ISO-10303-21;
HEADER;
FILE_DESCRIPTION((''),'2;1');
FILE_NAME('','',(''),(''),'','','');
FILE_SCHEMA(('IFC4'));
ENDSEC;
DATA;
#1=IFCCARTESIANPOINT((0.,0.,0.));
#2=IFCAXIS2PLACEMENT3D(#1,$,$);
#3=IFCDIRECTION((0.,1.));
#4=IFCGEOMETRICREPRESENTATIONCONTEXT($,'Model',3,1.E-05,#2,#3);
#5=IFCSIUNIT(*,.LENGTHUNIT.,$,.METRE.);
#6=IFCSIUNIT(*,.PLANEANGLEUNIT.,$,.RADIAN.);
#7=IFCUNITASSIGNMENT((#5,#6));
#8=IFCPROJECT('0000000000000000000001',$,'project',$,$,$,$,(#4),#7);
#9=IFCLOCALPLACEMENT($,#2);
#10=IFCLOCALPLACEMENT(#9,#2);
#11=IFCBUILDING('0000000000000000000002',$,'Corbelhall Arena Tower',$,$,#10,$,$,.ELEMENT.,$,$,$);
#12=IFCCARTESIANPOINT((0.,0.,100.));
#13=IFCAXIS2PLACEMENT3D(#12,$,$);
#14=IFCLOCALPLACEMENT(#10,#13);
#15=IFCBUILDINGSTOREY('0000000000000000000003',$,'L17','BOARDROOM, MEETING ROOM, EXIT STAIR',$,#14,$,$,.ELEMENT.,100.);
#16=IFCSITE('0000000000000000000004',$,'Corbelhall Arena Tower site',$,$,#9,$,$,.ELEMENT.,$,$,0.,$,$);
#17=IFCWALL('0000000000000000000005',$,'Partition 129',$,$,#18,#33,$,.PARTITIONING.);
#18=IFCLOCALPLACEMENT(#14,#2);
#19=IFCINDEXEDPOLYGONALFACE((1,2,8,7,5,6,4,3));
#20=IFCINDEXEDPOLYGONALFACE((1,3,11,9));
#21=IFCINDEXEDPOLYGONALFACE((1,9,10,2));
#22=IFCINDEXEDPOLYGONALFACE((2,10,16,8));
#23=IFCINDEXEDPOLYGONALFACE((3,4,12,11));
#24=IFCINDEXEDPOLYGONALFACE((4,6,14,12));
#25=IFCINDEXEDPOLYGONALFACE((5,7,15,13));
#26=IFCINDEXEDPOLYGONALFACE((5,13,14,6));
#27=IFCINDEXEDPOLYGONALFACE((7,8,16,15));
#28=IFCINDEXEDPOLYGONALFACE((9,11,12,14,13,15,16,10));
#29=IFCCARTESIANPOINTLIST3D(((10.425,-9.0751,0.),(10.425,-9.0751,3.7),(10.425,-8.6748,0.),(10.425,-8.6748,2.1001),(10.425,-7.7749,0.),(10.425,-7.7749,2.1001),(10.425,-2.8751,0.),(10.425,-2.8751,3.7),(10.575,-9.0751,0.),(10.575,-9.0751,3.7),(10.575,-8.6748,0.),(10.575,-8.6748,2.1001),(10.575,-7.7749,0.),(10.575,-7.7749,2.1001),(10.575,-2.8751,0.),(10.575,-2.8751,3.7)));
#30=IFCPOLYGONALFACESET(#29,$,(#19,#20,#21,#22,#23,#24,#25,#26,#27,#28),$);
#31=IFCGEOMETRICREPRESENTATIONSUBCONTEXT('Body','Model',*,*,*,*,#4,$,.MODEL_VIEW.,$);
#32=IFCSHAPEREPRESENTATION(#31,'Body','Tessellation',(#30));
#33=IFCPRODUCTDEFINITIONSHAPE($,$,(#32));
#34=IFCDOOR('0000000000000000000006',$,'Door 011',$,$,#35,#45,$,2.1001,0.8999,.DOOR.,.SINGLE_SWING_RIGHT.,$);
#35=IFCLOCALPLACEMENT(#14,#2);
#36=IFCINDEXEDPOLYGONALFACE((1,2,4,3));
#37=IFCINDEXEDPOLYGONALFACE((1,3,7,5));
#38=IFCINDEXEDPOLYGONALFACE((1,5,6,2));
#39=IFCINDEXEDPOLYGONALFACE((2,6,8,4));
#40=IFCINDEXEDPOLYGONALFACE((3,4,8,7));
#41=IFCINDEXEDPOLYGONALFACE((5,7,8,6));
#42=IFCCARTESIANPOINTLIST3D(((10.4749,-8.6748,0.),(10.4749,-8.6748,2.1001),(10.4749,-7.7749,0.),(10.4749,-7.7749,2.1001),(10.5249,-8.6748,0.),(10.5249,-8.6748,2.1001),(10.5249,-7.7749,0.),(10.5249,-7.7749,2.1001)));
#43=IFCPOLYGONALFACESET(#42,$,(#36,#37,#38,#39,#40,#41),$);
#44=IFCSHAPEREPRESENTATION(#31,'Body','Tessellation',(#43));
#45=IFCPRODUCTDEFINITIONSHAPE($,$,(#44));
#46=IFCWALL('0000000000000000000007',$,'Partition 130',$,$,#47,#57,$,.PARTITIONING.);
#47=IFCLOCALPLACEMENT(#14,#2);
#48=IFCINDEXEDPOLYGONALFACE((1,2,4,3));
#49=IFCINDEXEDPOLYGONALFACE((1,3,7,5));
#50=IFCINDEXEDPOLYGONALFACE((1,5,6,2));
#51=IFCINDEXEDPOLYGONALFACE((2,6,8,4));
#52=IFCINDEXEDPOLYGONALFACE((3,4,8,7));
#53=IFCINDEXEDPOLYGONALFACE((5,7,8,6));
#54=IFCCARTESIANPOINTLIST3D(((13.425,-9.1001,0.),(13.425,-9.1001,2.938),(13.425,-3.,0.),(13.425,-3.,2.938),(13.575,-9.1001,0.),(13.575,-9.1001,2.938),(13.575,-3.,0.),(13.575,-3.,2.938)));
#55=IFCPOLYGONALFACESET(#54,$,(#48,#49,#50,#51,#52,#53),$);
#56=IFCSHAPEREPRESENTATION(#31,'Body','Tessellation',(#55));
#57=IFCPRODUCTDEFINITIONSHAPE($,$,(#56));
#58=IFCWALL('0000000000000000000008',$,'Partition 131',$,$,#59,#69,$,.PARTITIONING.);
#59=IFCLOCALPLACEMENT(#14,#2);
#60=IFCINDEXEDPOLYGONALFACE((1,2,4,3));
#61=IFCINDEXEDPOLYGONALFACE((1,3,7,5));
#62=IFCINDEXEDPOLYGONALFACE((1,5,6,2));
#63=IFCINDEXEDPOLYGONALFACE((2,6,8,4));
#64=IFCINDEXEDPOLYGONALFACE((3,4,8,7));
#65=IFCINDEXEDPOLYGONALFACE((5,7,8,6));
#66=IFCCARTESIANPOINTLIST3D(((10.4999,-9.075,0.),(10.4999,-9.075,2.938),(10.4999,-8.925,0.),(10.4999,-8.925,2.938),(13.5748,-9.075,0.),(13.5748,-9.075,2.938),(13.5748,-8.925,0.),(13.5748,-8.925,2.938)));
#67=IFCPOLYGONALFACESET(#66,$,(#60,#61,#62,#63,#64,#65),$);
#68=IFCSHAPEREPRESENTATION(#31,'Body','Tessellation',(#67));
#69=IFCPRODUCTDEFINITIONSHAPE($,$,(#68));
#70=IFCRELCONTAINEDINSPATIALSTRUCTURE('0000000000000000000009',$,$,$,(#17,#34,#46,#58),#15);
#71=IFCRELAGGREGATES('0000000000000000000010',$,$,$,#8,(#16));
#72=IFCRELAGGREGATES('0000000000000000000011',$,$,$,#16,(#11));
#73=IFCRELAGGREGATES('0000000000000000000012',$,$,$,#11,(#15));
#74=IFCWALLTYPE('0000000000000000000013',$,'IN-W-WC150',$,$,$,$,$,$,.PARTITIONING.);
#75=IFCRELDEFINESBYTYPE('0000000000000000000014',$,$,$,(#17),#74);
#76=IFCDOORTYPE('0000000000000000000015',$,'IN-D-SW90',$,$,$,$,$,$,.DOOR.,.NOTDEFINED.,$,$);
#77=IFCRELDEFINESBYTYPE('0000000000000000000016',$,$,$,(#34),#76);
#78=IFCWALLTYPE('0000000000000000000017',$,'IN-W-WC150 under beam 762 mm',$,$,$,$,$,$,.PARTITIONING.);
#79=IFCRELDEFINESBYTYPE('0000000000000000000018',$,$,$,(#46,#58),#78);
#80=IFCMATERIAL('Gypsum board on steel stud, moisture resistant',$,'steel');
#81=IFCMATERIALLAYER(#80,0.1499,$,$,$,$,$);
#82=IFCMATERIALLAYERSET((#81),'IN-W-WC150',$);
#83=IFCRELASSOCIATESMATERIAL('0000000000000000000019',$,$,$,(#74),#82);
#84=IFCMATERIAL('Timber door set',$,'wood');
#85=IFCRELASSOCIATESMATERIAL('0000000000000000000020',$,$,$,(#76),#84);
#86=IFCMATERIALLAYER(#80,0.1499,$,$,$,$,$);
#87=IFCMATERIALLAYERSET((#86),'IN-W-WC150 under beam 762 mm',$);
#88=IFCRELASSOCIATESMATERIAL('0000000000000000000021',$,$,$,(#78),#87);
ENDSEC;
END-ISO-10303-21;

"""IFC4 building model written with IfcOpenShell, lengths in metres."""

from ifc_helpers import new_model, si_unit, direction, frame, frame_2d, origin, place, context, subcontext, project, spatial, rectangle, extrude, material, layer, layer_set, type_object, element, fill, save


model = new_model("IFC4")

# Units and contexts
model_context = context("Model", 3, precision=1e-05, world=origin(), true_north=direction((0.0, 1.0)))
body_context = subcontext(model_context, "Body", "Model", "MODEL_VIEW")
ifc_project = project(units=[si_unit("LENGTHUNIT", "METRE"), si_unit("PLANEANGLEUNIT", "RADIAN")], contexts=[model_context])

# Site, building, storey
site_placement = place(None, origin())
site = spatial("IfcSite", under=ifc_project, at=site_placement, Name="Corbelhall Arena Tower site", CompositionType="ELEMENT", RefElevation=0.0)
building_placement = place(site_placement, origin())
building = spatial("IfcBuilding", under=site, at=building_placement, Name="Corbelhall Arena Tower", CompositionType="ELEMENT")
storey_placement = place(building_placement, frame((0.0, 0.0, 100.0)))
storey = spatial("IfcBuildingStorey", under=building, at=storey_placement, Name="L17", Description="BOARDROOM, MEETING ROOM, EXIT STAIR", CompositionType="ELEMENT", Elevation=100.0)

# Wall, opening, door
ifc_material_1 = material(Name="Gypsum board on steel stud, moisture resistant", Category="steel")
ifc_layer_1 = layer(ifc_material_1, 0.1499)
ifc_layer_set_1 = layer_set([ifc_layer_1], Name="IN-W-WC150")
wall_type_1 = type_object("IfcWallType", Name="IN-W-WC150", PredefinedType="PARTITIONING", material=ifc_layer_set_1)
wall_1_placement = place(storey_placement, frame((10.5, -2.875, 0.0), z_axis=(0.0, 0.0, 1.0), x_axis=(0.0, -1.0, 0.0)))
wall_1 = element("IfcWall", 1, at=wall_1_placement, inside=storey, type_object=wall_type_1, Name="Partition 129", PredefinedType="PARTITIONING", context=body_context, shape_type="SweptSolid", body=[
    extrude(rectangle(XDim=6.2, YDim=0.1499, at=frame_2d((3.1001, 0.0))), origin(), (0.0, 0.0, 1.0), 3.7),
])
opening_1_placement = place(wall_1_placement, frame((4.8999, 0.0, 0.0)))
opening_1 = element("IfcOpeningElement", 2, at=opening_1_placement, cuts=wall_1, PredefinedType="OPENING", context=body_context, shape_type="SweptSolid", body=[
    extrude(rectangle(XDim=0.8999, YDim=2.1001, at=frame_2d((0.45, 1.05))), frame((0.0, 0.075, 0.0), z_axis=(0.0, -1.0, 0.0), x_axis=(1.0, 0.0, 0.0)), (0.0, 0.0, 1.0), 0.1499),
])
ifc_material_2 = material(Name="Timber door set", Category="wood")
door_type_1 = type_object("IfcDoorType", Name="IN-D-SW90", OperationType="NOTDEFINED", PredefinedType="DOOR", material=ifc_material_2)
door_1_placement = place(opening_1_placement, origin())
door_1 = element("IfcDoor", 3, at=door_1_placement, inside=storey, type_object=door_type_1, Name="Door 011", OperationType="SINGLE_SWING_RIGHT", OverallHeight=2.1001, OverallWidth=0.8999, PredefinedType="DOOR", context=body_context, shape_type="SweptSolid", body=[
    extrude(rectangle(XDim=0.8999, YDim=2.1001, at=frame_2d((0.45, 1.05))), frame((0.0, 0.0249, 0.0), z_axis=(0.0, -1.0, 0.0), x_axis=(1.0, 0.0, 0.0)), (0.0, 0.0, 1.0), 0.05),
])
fill(opening_1, door_1)

# Walls
ifc_layer_2 = layer(ifc_material_1, 0.1499)
ifc_layer_set_2 = layer_set([ifc_layer_2], Name="IN-W-WC150 under beam 762 mm")
wall_type_2 = type_object("IfcWallType", Name="IN-W-WC150 under beam 762 mm", PredefinedType="PARTITIONING", material=ifc_layer_set_2)
wall_2_placement = place(storey_placement, frame((13.5, -3.0, 0.0), z_axis=(0.0, 0.0, 1.0), x_axis=(0.0, -1.0, 0.0)))
element("IfcWall", 4, at=wall_2_placement, inside=storey, type_object=wall_type_2, Name="Partition 130", PredefinedType="PARTITIONING", context=body_context, shape_type="SweptSolid", body=[
    extrude(rectangle(XDim=6.1001, YDim=0.1499, at=frame_2d((3.05, 0.0))), origin(), (0.0, 0.0, 1.0), 2.938),
])
wall_3_placement = place(storey_placement, frame((13.575, -9.0, 0.0), z_axis=(0.0, 0.0, 1.0), x_axis=(-1.0, 0.0, 0.0)))
element("IfcWall", 5, at=wall_3_placement, inside=storey, type_object=wall_type_2, Name="Partition 131", PredefinedType="PARTITIONING", context=body_context, shape_type="SweptSolid", body=[
    extrude(rectangle(XDim=3.075, YDim=0.1499, at=frame_2d((1.5376, 0.0))), origin(), (0.0, 0.0, 1.0), 2.938),
])

save(model, "model.ifc")
